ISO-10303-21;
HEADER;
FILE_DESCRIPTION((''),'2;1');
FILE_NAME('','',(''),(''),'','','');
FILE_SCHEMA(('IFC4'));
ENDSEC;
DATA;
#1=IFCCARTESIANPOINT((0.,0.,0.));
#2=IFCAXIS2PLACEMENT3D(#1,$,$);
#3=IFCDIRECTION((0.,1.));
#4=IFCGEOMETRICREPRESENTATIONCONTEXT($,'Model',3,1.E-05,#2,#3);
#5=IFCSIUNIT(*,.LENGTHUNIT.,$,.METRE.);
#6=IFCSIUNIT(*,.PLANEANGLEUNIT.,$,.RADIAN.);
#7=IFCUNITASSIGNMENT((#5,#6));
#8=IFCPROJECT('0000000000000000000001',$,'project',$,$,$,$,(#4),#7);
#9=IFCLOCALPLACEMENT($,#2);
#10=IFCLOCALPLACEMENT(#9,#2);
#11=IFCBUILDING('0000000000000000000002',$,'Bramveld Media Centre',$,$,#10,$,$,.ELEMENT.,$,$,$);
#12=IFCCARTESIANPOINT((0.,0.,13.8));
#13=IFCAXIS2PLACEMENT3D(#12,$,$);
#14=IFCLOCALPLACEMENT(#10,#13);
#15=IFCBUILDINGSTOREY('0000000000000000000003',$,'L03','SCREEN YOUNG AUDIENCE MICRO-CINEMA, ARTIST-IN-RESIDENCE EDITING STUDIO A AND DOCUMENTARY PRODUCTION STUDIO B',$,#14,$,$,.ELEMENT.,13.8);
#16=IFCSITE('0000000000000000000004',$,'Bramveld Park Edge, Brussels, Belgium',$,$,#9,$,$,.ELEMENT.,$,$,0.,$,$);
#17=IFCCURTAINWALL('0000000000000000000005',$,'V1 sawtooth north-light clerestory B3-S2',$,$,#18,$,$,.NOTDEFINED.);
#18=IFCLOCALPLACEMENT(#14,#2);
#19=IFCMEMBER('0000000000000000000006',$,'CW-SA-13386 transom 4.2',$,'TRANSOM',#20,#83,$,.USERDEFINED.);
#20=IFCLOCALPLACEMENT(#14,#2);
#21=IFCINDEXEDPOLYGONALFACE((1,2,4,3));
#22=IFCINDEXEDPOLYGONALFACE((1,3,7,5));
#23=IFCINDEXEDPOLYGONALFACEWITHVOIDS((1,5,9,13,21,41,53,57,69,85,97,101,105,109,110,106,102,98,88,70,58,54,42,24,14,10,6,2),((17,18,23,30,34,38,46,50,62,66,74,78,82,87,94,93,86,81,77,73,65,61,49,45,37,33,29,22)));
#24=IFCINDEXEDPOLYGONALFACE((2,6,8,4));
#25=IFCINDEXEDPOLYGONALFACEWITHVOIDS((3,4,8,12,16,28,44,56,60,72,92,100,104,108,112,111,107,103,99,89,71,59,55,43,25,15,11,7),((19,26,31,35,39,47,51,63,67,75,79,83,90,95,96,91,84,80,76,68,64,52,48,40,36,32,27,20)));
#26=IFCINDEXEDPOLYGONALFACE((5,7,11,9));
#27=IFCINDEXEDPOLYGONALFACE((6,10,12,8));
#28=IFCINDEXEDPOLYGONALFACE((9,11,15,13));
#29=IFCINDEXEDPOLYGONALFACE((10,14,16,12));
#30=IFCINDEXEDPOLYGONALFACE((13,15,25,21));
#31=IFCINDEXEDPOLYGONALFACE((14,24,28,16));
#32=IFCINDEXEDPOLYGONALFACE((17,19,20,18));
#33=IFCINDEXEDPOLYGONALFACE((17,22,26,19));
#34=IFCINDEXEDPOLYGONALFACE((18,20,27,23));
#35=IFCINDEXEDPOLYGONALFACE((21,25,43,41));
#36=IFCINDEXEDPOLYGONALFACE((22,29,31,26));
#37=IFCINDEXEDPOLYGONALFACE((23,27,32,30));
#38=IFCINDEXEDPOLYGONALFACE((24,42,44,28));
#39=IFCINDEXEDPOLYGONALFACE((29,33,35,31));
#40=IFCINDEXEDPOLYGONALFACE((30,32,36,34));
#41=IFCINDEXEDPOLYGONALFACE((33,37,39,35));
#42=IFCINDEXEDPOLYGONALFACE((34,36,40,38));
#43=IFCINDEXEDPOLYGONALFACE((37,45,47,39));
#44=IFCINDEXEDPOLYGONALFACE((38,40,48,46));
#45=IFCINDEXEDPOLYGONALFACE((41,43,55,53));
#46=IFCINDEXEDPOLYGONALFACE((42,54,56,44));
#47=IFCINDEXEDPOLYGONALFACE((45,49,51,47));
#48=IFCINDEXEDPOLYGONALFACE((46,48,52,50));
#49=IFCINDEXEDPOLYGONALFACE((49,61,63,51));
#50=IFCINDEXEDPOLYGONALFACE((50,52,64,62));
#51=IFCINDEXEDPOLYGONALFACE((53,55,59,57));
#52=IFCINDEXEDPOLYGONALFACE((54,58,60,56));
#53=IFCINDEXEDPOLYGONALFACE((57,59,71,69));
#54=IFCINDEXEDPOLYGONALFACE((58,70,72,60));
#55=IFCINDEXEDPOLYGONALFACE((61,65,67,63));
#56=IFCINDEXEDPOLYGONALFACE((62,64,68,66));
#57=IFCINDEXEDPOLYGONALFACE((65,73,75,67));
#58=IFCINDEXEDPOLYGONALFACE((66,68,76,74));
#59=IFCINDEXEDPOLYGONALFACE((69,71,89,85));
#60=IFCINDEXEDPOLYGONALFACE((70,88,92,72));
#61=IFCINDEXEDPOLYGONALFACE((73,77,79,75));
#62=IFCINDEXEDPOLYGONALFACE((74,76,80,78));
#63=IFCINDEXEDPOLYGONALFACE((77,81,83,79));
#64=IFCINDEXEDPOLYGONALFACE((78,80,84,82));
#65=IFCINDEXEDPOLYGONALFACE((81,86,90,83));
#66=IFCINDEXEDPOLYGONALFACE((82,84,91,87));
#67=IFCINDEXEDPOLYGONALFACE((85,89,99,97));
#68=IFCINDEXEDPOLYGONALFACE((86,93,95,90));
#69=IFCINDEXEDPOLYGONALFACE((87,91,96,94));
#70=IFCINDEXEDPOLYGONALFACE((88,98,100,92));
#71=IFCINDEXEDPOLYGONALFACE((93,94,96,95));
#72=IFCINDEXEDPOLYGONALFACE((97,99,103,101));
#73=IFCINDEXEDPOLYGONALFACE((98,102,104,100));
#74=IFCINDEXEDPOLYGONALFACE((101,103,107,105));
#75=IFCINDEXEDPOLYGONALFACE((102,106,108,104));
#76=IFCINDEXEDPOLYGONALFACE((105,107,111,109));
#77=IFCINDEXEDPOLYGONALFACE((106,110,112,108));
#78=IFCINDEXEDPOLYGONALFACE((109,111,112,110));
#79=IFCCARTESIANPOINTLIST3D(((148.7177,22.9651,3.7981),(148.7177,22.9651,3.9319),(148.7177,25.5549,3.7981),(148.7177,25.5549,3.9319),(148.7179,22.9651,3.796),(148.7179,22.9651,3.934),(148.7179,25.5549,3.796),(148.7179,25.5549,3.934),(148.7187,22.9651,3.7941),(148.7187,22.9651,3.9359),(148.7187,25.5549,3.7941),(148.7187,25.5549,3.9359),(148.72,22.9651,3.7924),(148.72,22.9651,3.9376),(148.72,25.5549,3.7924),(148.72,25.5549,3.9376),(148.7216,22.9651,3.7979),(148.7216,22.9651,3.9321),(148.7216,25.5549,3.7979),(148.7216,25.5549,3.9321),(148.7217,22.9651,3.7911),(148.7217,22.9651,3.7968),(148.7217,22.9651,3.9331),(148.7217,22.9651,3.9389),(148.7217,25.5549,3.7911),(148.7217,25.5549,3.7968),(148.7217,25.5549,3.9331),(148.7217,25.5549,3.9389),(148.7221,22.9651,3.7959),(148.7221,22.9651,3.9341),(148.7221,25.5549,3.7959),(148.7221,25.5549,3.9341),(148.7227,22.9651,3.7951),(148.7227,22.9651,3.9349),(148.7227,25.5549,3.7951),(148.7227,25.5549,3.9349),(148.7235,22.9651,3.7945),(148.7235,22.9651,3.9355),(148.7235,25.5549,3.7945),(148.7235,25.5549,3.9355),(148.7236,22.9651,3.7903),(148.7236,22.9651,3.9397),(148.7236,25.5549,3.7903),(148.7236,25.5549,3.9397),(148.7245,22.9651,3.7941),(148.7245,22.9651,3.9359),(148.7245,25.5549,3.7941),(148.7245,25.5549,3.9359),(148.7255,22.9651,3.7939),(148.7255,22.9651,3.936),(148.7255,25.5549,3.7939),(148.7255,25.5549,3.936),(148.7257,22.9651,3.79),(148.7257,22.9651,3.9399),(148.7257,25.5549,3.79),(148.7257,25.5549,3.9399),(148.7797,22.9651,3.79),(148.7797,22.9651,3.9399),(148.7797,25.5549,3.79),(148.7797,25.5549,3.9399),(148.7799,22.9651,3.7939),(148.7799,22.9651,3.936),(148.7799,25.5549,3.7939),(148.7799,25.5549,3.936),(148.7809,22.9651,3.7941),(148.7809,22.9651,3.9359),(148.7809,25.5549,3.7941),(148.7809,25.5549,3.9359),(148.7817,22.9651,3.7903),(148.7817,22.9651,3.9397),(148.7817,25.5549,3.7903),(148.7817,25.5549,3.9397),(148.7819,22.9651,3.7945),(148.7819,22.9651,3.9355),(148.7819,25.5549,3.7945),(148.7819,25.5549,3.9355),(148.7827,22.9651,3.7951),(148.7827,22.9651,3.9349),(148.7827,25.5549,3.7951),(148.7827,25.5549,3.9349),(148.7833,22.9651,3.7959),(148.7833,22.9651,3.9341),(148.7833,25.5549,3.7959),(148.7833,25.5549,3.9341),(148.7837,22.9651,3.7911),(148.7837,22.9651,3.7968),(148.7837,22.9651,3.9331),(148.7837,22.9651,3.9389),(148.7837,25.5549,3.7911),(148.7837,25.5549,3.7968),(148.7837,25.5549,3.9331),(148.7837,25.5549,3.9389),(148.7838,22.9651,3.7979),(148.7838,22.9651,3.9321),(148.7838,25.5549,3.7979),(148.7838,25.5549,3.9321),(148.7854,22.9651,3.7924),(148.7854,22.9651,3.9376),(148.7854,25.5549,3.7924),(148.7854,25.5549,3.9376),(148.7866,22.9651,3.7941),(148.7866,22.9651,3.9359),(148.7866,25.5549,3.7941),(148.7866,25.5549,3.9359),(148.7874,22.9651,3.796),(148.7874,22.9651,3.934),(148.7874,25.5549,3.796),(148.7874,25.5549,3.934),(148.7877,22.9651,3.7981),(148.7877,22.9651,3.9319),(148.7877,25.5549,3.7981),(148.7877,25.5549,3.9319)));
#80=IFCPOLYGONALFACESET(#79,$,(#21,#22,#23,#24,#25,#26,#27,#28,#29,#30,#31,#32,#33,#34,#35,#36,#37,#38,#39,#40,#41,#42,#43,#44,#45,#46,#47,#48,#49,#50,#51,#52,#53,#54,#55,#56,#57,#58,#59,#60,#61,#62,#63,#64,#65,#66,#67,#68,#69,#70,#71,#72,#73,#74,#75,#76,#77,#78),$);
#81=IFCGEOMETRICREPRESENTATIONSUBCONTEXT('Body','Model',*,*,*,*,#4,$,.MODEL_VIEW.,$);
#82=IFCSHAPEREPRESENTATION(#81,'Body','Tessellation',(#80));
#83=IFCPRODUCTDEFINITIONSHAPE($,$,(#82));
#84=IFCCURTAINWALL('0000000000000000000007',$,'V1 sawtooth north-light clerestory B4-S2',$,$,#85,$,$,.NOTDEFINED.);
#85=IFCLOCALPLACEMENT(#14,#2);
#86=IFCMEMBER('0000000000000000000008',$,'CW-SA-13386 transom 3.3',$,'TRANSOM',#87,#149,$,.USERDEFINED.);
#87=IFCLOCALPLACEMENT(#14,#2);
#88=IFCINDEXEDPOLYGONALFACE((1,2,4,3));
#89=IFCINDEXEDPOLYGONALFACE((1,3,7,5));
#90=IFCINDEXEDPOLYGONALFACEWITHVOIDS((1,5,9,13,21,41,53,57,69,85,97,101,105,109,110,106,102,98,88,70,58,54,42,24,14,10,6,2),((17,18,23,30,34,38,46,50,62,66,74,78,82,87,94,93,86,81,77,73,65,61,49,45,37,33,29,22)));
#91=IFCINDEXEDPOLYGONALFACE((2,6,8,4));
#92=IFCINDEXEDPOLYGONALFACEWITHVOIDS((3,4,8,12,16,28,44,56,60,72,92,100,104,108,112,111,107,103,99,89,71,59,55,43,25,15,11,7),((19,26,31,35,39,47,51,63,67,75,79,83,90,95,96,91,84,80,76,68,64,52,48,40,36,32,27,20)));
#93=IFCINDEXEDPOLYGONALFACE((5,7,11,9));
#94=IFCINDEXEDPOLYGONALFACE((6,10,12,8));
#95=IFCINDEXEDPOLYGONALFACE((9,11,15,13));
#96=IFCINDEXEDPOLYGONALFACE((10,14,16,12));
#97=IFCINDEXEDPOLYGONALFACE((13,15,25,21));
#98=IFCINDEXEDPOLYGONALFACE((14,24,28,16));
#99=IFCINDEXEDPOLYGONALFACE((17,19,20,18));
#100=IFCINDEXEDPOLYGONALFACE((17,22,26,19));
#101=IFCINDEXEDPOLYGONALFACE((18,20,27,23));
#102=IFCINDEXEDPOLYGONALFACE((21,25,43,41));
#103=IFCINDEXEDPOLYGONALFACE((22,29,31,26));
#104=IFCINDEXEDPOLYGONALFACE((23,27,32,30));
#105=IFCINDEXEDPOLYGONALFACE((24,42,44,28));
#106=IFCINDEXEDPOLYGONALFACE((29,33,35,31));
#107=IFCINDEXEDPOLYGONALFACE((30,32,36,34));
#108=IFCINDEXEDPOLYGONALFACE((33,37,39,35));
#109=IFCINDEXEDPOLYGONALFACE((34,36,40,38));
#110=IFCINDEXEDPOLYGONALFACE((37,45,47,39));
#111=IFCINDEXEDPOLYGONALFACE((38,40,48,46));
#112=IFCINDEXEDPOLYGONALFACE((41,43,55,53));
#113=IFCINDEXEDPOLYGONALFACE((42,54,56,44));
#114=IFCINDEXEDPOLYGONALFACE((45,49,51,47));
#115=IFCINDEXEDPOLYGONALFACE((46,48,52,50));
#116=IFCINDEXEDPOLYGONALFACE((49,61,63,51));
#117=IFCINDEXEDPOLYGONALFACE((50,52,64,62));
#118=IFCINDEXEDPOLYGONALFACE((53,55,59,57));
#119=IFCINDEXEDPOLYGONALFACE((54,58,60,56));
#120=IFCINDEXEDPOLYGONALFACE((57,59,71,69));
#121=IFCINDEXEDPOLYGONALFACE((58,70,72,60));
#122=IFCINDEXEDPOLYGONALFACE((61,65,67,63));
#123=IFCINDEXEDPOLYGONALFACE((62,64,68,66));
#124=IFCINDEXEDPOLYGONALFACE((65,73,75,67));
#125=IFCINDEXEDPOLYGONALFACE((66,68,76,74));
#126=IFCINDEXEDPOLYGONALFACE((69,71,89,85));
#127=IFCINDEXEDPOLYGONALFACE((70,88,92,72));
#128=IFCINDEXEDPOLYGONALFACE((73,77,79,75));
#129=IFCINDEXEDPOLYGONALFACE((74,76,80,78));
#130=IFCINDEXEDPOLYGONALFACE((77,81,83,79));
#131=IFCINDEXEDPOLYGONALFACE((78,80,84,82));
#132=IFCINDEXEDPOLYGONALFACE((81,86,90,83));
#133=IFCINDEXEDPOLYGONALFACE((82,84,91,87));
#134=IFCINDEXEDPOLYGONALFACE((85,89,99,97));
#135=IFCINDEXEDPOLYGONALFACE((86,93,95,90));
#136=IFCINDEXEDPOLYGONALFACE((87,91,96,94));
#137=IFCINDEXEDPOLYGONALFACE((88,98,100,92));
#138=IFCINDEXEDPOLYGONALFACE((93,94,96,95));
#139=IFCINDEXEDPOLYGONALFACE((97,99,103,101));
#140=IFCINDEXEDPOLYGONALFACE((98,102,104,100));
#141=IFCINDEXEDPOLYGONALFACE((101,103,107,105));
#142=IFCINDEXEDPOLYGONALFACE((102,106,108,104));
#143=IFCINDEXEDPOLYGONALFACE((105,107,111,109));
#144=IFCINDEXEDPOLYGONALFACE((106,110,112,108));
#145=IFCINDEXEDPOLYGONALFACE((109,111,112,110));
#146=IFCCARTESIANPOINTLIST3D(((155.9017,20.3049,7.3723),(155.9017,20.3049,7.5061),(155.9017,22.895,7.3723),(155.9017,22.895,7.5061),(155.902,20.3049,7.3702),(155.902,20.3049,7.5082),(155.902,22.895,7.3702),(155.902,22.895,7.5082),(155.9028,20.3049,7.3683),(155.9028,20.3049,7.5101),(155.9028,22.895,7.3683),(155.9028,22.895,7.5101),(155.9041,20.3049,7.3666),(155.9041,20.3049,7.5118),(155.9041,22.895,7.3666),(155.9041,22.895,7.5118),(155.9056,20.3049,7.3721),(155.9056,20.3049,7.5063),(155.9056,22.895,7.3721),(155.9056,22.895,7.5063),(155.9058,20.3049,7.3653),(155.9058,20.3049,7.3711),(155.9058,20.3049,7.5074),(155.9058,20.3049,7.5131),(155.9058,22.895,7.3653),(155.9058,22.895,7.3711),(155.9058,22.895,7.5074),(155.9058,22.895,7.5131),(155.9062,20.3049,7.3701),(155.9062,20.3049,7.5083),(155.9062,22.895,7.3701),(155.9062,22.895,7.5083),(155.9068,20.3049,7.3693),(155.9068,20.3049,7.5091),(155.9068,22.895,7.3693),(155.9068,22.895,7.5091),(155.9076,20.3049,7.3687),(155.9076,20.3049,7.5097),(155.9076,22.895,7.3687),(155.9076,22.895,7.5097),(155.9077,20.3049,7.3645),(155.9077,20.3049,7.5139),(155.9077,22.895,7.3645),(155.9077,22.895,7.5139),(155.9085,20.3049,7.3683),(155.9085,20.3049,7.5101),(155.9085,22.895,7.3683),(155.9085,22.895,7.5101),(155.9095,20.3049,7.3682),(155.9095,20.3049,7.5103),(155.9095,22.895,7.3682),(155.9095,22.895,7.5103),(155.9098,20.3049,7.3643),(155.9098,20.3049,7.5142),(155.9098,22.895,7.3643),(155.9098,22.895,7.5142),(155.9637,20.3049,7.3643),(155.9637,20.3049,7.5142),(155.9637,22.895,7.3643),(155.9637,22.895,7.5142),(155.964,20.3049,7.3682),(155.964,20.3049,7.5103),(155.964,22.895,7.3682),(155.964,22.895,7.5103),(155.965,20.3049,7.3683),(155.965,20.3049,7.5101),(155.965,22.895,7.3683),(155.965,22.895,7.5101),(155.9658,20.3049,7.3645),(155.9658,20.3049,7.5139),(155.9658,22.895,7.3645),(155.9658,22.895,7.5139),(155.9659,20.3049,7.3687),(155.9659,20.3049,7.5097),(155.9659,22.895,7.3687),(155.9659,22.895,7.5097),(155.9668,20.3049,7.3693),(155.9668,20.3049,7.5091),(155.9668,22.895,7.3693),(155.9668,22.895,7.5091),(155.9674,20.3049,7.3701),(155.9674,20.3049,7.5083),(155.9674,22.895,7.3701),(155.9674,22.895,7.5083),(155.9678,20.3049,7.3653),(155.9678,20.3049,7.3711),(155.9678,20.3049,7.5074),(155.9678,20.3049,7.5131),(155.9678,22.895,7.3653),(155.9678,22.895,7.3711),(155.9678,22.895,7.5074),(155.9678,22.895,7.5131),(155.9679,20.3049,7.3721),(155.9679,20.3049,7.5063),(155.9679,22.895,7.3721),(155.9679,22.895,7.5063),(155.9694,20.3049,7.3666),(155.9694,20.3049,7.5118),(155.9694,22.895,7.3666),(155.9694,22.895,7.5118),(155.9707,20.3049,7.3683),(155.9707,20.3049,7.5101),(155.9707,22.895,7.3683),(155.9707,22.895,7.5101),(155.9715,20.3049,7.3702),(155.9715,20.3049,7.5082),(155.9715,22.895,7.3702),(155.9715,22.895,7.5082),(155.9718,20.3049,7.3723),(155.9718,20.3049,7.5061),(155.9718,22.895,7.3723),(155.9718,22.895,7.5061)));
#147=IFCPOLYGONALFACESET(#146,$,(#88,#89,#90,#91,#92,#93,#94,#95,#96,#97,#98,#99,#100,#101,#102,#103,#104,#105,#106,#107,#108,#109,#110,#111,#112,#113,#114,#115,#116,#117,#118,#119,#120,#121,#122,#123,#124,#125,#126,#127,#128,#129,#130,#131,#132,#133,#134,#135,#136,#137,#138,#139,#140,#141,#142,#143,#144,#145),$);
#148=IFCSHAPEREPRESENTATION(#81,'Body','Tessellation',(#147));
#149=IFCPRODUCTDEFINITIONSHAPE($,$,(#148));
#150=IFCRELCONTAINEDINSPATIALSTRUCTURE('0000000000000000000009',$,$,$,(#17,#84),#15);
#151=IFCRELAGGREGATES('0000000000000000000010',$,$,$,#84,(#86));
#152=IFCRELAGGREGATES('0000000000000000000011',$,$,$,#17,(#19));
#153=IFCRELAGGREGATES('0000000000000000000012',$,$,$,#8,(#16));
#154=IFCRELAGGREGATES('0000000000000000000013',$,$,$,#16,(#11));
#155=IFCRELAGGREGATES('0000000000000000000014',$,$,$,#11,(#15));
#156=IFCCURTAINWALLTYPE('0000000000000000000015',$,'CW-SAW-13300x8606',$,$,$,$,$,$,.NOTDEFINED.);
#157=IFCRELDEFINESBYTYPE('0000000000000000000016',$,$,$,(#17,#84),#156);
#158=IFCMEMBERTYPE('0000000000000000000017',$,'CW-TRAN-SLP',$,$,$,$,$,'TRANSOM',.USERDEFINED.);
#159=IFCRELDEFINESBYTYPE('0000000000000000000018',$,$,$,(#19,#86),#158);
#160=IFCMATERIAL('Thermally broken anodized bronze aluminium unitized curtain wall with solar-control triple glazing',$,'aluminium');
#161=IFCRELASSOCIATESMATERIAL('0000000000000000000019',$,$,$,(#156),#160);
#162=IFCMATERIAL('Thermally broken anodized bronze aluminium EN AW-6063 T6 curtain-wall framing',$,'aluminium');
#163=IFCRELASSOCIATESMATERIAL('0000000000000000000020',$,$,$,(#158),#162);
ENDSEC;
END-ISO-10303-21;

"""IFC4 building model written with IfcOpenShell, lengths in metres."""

from ifc_helpers import new_model, si_unit, direction, frame, origin, origin_2d, place, context, subcontext, project, spatial, hollow_rectangle, extrude, material, material_profile, profile_set, type_object, element, aggregate, save


model = new_model("IFC4")

# Units and contexts
model_context = context("Model", 3, precision=1e-05, world=origin(), true_north=direction((0.0, 1.0)))
body_context = subcontext(model_context, "Body", "Model", "MODEL_VIEW")
ifc_project = project(units=[si_unit("LENGTHUNIT", "METRE"), si_unit("PLANEANGLEUNIT", "RADIAN")], contexts=[model_context])

# Site, building, storey
site_placement = place(None, origin())
site = spatial("IfcSite", under=ifc_project, at=site_placement, Name="Bramveld Park Edge, Brussels, Belgium", CompositionType="ELEMENT", RefElevation=0.0)
building_placement = place(site_placement, origin())
building = spatial("IfcBuilding", under=site, at=building_placement, Name="Bramveld Media Centre", CompositionType="ELEMENT")
storey_placement = place(building_placement, frame((0.0, 0.0, 13.8)))
storey = spatial("IfcBuildingStorey", under=building, at=storey_placement, Name="L03", Description="SCREEN YOUNG AUDIENCE MICRO-CINEMA, ARTIST-IN-RESIDENCE EDITING STUDIO A AND DOCUMENTARY PRODUCTION STUDIO B", CompositionType="ELEMENT", Elevation=13.8)

# Curtain walls, members
ifc_material_1 = material(Name="Thermally broken anodized bronze aluminium unitized curtain wall with solar-control triple glazing", Category="aluminium")
curtain_wall_type = type_object("IfcCurtainWallType", Name="CW-SAW-13300x8606", PredefinedType="NOTDEFINED", material=ifc_material_1)
curtain_wall_1_placement = place(storey_placement, origin())
curtain_wall_1 = element("IfcCurtainWall", 1, at=curtain_wall_1_placement, inside=storey, type_object=curtain_wall_type, Name="V1 sawtooth north-light clerestory B3-S2", PredefinedType="NOTDEFINED")
ifc_material_2 = material(Name="Thermally broken anodized bronze aluminium EN AW-6063 T6 curtain-wall framing", Category="aluminium")
ifc_material_profile_1 = material_profile(ifc_material_2, hollow_rectangle(XDim=0.0701, YDim=0.1499, WallThickness=0.0039, InnerFilletRadius=0.0039, OuterFilletRadius=0.0081, at=origin_2d()), Name="AL-TRAN 70x150")
ifc_profile_set_1 = profile_set([ifc_material_profile_1], Name="Thermally broken anodized bronze aluminium EN AW-6063 T6 curtain-wall framing")
member_type_1 = type_object("IfcMemberType", Name="CW-TRAN-SLP", ElementType="TRANSOM", PredefinedType="USERDEFINED", material=ifc_profile_set_1)
member_1_placement = place(storey_placement, frame((148.7527, 22.9651, 3.865), z_axis=(0.0, 1.0, 0.0), x_axis=(-1.0, 0.0, 0.0)))
member_1 = element("IfcMember", 2, at=member_1_placement, type_object=member_type_1, Name="CW-SA-13386 transom 4.2", ObjectType="TRANSOM", PredefinedType="USERDEFINED", context=body_context, shape_type="SweptSolid", body=[
    extrude(hollow_rectangle(XDim=0.0701, YDim=0.1499, WallThickness=0.0039, InnerFilletRadius=0.0039, OuterFilletRadius=0.0081, at=origin_2d()), origin(), (0.0, 0.0, 1.0), 2.5898),
])
curtain_wall_2_placement = place(storey_placement, origin())
curtain_wall_2 = element("IfcCurtainWall", 3, at=curtain_wall_2_placement, inside=storey, type_object=curtain_wall_type, Name="V1 sawtooth north-light clerestory B4-S2", PredefinedType="NOTDEFINED")
member_2_placement = place(storey_placement, frame((155.9368, 20.3049, 7.4392), z_axis=(0.0, 1.0, 0.0), x_axis=(-1.0, 0.0, 0.0)))
member_2 = element("IfcMember", 4, at=member_2_placement, type_object=member_type_1, Name="CW-SA-13386 transom 3.3", ObjectType="TRANSOM", PredefinedType="USERDEFINED", context=body_context, shape_type="SweptSolid", body=[
    extrude(hollow_rectangle(XDim=0.0701, YDim=0.1499, WallThickness=0.0039, InnerFilletRadius=0.0039, OuterFilletRadius=0.0081, at=origin_2d()), origin(), (0.0, 0.0, 1.0), 2.5901),
])
aggregate(curtain_wall_2, [member_2])

aggregate(curtain_wall_1, [member_1])

save(model, "model.ifc")
